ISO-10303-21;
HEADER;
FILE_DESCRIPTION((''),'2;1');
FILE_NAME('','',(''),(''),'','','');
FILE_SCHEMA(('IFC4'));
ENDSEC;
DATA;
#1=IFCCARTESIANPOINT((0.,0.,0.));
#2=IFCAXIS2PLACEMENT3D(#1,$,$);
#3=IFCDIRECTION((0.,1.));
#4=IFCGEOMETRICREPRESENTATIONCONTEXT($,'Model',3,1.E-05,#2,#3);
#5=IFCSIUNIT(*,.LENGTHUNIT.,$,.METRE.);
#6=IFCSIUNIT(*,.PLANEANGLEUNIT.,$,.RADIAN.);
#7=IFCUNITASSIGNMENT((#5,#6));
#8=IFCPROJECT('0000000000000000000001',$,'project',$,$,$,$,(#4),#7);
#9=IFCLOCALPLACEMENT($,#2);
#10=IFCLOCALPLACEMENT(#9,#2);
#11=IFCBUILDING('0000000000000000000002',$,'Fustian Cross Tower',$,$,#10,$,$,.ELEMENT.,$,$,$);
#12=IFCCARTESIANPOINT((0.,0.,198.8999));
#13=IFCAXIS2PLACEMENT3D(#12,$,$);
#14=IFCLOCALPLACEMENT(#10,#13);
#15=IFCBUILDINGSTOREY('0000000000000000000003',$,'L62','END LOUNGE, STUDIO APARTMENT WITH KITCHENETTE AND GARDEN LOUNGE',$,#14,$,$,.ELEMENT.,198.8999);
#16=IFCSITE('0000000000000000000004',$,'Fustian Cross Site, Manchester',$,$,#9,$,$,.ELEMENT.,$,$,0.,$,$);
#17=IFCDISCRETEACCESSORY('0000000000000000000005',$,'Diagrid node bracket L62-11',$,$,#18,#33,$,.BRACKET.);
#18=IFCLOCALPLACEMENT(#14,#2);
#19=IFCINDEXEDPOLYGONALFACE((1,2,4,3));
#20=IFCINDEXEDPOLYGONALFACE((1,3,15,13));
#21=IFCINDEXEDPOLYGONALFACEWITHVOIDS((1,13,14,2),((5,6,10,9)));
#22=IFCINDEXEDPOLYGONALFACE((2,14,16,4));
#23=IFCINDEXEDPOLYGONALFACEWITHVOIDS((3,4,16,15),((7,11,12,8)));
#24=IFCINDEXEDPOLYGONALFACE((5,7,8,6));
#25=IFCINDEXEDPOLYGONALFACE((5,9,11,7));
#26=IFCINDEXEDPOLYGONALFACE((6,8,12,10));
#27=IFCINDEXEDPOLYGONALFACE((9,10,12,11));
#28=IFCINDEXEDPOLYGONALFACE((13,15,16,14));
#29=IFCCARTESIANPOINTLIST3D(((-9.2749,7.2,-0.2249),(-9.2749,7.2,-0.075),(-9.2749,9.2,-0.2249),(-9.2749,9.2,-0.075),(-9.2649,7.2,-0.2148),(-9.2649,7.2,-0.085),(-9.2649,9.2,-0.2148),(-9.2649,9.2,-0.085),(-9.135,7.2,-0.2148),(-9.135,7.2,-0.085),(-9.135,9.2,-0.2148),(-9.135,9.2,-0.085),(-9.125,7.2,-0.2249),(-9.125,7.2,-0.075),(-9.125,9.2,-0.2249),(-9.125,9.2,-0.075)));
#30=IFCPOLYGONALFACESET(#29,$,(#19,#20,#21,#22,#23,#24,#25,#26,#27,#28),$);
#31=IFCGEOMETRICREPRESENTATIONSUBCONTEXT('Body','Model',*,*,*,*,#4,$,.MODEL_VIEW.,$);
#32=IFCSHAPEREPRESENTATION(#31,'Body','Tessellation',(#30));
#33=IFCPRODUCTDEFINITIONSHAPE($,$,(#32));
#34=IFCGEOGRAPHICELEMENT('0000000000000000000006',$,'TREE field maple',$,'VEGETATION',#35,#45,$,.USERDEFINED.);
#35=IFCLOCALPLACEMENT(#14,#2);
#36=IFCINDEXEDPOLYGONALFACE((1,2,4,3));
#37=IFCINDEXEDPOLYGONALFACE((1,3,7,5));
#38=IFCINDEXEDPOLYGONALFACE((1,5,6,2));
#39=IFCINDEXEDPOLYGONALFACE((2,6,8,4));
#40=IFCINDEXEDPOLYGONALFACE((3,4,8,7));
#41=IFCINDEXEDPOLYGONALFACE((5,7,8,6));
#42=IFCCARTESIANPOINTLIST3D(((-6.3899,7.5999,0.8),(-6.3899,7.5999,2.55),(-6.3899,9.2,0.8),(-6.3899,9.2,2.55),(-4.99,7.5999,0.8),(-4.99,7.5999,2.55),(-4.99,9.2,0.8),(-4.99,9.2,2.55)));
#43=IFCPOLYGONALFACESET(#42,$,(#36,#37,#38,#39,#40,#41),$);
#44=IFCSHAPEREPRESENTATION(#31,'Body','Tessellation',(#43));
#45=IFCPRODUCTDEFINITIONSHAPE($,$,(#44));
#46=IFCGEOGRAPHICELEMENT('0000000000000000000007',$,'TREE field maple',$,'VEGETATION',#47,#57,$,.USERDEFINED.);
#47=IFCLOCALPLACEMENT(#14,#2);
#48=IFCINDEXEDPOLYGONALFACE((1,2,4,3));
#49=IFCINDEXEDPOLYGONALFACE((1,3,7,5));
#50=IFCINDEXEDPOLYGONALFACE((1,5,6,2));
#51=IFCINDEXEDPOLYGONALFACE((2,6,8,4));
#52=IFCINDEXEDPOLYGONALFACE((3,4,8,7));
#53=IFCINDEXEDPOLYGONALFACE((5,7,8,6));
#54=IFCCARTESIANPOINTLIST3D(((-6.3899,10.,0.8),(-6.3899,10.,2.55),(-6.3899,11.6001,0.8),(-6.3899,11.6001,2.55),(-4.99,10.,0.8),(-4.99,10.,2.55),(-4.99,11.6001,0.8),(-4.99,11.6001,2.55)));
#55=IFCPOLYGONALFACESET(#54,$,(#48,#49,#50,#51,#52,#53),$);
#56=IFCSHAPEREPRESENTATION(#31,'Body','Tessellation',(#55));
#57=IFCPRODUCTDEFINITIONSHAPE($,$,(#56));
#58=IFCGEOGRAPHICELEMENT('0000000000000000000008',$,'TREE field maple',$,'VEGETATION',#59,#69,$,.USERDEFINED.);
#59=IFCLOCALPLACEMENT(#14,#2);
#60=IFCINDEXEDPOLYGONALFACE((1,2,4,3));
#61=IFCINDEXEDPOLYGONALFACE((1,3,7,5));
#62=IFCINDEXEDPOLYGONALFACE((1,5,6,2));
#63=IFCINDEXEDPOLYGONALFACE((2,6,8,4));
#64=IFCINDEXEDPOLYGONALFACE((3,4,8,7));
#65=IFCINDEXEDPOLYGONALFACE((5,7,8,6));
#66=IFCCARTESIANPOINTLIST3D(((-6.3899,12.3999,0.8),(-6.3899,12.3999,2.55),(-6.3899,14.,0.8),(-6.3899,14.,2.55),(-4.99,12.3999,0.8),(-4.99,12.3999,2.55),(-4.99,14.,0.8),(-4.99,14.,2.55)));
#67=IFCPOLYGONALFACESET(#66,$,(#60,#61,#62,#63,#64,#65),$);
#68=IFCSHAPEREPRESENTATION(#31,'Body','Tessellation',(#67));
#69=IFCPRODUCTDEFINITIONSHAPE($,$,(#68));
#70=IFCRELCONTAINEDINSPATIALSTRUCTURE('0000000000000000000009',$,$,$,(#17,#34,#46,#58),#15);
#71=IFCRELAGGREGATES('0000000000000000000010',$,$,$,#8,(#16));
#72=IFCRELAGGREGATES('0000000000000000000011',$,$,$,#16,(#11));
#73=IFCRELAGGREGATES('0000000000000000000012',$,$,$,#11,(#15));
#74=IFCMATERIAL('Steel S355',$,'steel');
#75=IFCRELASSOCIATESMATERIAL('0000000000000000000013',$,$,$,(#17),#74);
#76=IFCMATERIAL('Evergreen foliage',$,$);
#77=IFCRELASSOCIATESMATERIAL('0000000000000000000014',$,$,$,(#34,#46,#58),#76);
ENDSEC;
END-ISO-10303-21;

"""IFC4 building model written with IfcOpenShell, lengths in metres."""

from ifc_helpers import new_model, si_unit, direction, frame, origin, origin_2d, place, context, subcontext, project, spatial, rectangle, hollow_rectangle, extrude, material, element, save


model = new_model("IFC4")

# Units and contexts
model_context = context("Model", 3, precision=1e-05, world=origin(), true_north=direction((0.0, 1.0)))
body_context = subcontext(model_context, "Body", "Model", "MODEL_VIEW")
ifc_project = project(units=[si_unit("LENGTHUNIT", "METRE"), si_unit("PLANEANGLEUNIT", "RADIAN")], contexts=[model_context])

# Site, building, storey
site_placement = place(None, origin())
site = spatial("IfcSite", under=ifc_project, at=site_placement, Name="Fustian Cross Site, Manchester", CompositionType="ELEMENT", RefElevation=0.0)
building_placement = place(site_placement, origin())
building = spatial("IfcBuilding", under=site, at=building_placement, Name="Fustian Cross Tower", CompositionType="ELEMENT")
storey_placement = place(building_placement, frame((0.0, 0.0, 198.8999)))
storey = spatial("IfcBuildingStorey", under=building, at=storey_placement, Name="L62", Description="END LOUNGE, STUDIO APARTMENT WITH KITCHENETTE AND GARDEN LOUNGE", CompositionType="ELEMENT", Elevation=198.8999)

# Discrete accessory
ifc_material_1 = material(Name="Steel S355", Category="steel")
discrete_accessory_placement = place(storey_placement, frame((-9.2, 9.2, -0.1499), z_axis=(0.0, -1.0, 0.0), x_axis=(1.0, 0.0, 0.0)))
element("IfcDiscreteAccessory", 1, at=discrete_accessory_placement, inside=storey, material=ifc_material_1, Name="Diagrid node bracket L62-11", PredefinedType="BRACKET", context=body_context, shape_type="SweptSolid", body=[
    extrude(hollow_rectangle(XDim=0.1499, YDim=0.1499, WallThickness=0.01, at=origin_2d()), origin(), (0.0, 0.0, 1.0), 2.0),
])

# Geographic elements
ifc_material_2 = material(Name="Evergreen foliage")
for number, where, z_axis, x_axis, name in (
    (2, (-5.6899, 8.3999, 0.8), (0.0, 0.0, 1.0), (1.0, 0.0, 0.0), "TREE field maple"),
    (3, (-5.6899, 10.8, 0.8), (0.0, 0.0, 1.0), (1.0, 0.0, 0.0), "TREE field maple"),
    (4, (-5.6899, 13.2, 0.8), (0.0, 0.0, 1.0), (1.0, 0.0, 0.0), "TREE field maple"),
):
    element("IfcGeographicElement", number, at=place(storey_placement, frame(where, z_axis=z_axis, x_axis=x_axis)), inside=storey, material=ifc_material_2, Name=name, ObjectType="VEGETATION", PredefinedType="USERDEFINED", context=body_context, shape_type="SweptSolid", body=[
        extrude(rectangle(XDim=1.3999, YDim=1.6001, at=origin_2d()), origin(), (0.0, 0.0, 1.0), 1.75),
    ])

save(model, "model.ifc")
